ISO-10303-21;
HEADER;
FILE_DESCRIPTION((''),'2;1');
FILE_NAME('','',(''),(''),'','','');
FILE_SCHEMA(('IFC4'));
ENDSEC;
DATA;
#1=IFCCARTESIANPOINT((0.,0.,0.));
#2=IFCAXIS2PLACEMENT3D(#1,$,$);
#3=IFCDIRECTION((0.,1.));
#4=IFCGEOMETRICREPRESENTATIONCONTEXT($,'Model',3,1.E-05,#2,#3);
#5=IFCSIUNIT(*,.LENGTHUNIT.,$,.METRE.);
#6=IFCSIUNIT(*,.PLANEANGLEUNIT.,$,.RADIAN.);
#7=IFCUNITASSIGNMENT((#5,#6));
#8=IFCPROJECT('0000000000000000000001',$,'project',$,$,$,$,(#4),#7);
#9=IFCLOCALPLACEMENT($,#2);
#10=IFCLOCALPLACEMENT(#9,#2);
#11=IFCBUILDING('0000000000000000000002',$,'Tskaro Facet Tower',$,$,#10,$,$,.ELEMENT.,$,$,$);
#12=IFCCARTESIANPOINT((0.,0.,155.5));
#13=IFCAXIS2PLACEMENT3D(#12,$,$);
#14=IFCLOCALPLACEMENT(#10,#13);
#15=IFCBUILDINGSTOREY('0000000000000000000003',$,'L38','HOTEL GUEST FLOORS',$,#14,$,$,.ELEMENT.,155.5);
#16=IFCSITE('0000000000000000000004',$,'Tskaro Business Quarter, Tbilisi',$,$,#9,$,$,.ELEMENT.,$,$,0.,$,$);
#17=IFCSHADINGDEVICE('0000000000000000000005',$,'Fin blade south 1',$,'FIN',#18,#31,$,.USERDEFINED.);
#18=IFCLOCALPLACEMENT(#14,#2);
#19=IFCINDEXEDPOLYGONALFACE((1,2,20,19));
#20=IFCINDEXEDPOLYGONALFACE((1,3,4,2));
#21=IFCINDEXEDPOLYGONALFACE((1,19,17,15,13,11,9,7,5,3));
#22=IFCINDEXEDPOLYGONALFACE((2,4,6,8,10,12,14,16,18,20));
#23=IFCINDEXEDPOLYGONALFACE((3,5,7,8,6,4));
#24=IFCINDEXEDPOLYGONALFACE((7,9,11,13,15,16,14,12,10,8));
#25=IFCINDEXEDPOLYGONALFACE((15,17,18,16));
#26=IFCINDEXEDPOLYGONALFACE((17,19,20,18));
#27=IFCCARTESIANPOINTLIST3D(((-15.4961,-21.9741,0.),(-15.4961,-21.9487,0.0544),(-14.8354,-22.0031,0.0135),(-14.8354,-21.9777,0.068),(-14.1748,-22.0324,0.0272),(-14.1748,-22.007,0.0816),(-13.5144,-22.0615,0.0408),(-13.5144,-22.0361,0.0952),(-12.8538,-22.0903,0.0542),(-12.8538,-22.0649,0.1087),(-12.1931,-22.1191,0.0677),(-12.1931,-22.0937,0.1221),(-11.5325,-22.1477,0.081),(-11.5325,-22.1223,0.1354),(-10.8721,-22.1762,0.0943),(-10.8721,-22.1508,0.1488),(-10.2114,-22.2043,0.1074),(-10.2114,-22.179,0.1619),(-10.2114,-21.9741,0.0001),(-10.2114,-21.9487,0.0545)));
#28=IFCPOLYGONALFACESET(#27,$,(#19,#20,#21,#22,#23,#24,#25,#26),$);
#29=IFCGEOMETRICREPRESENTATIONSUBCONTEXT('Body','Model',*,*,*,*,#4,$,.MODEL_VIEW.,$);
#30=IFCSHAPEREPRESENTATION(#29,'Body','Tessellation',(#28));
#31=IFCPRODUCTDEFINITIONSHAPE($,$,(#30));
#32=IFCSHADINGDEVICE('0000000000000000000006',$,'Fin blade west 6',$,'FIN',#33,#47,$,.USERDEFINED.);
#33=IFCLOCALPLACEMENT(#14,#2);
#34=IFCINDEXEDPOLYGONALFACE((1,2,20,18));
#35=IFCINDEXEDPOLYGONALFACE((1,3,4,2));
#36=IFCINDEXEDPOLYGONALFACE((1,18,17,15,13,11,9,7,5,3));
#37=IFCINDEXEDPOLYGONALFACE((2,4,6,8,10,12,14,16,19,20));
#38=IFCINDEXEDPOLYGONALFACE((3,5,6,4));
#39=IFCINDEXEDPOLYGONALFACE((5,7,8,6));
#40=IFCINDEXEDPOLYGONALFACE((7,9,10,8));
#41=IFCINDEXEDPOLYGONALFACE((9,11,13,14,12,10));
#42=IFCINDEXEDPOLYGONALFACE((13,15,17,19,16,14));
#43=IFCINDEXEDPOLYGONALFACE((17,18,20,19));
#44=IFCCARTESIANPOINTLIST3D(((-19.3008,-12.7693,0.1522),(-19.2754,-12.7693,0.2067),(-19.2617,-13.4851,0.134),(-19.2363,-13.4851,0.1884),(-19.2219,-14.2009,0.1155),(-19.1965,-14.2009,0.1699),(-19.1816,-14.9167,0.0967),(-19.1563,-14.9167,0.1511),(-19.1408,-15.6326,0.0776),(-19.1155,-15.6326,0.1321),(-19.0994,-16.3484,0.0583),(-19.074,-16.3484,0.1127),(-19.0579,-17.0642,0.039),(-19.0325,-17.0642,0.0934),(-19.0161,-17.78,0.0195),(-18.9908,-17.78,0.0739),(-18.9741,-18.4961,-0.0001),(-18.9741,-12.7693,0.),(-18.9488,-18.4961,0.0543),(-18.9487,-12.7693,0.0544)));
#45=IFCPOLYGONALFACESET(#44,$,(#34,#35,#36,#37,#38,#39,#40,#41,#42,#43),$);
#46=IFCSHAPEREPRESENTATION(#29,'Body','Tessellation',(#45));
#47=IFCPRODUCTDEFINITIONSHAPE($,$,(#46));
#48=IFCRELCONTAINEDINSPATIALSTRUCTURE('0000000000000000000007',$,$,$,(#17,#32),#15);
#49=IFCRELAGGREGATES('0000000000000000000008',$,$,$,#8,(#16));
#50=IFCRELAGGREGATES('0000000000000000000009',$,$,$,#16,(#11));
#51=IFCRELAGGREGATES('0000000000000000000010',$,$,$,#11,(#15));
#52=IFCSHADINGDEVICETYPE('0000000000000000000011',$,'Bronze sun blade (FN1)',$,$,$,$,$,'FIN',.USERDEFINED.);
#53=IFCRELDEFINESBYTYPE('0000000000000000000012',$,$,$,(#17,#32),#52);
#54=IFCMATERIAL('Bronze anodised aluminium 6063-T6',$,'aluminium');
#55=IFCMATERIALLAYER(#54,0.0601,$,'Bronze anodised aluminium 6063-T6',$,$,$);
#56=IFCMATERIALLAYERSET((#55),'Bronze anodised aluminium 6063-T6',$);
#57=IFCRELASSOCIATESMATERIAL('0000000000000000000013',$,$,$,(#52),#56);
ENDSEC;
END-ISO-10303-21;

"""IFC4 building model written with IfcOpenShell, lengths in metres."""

from ifc_helpers import new_model, si_unit, direction, frame, origin, place, context, subcontext, project, spatial, polyline, outline, extrude, material, layer, layer_set, type_object, element, save


model = new_model("IFC4")

# Units and contexts
model_context = context("Model", 3, precision=1e-05, world=origin(), true_north=direction((0.0, 1.0)))
body_context = subcontext(model_context, "Body", "Model", "MODEL_VIEW")
ifc_project = project(units=[si_unit("LENGTHUNIT", "METRE"), si_unit("PLANEANGLEUNIT", "RADIAN")], contexts=[model_context])

# Site, building, storey
site_placement = place(None, origin())
site = spatial("IfcSite", under=ifc_project, at=site_placement, Name="Tskaro Business Quarter, Tbilisi", CompositionType="ELEMENT", RefElevation=0.0)
building_placement = place(site_placement, origin())
building = spatial("IfcBuilding", under=site, at=building_placement, Name="Tskaro Facet Tower", CompositionType="ELEMENT")
storey_placement = place(building_placement, frame((0.0, 0.0, 155.5)))
storey = spatial("IfcBuildingStorey", under=building, at=storey_placement, Name="L38", Description="HOTEL GUEST FLOORS", CompositionType="ELEMENT", Elevation=155.5)

# Shared definitions
ifc_material_1 = material(Name="Bronze anodised aluminium 6063-T6", Category="aluminium")

# Shading devices
ifc_layer_1 = layer(ifc_material_1, 0.0601, Name="Bronze anodised aluminium 6063-T6")
ifc_layer_set_1 = layer_set([ifc_layer_1], Name="Bronze anodised aluminium 6063-T6")
shading_device_type = type_object("IfcShadingDeviceType", Name="Bronze sun blade (FN1)", ElementType="FIN", PredefinedType="USERDEFINED", material=ifc_layer_set_1)
shading_device_1_placement = place(storey_placement, frame((-15.4961, -21.9487, 0.0544), z_axis=(-0.000015, 0.422552, 0.906339), x_axis=(1.0, 0.000006, 0.000014)))
element("IfcShadingDevice", 1, at=shading_device_1_placement, inside=storey, type_object=shading_device_type, Name="Fin blade south 1", ObjectType="FIN", PredefinedType="USERDEFINED", context=body_context, shape_type="SweptSolid", body=[
    extrude(outline(polyline([(0.0, 0.0), (5.2847, 0.0), (5.2847, -0.2541), (4.624, -0.223), (3.9636, -0.1916), (3.303, -0.16), (2.6423, -0.1282), (1.9817, -0.0964), (1.3213, -0.0643), (0.6606, -0.032), (0.0, 0.0)])), origin(), (0.0, 0.0, -1.0), 0.0601),
])
shading_device_2_placement = place(storey_placement, frame((-18.9487, -12.7693, 0.0544), z_axis=(0.422373, -0.00002, 0.906422), x_axis=(-0.000008, -1.0, -0.000018)))
element("IfcShadingDevice", 2, at=shading_device_2_placement, inside=storey, type_object=shading_device_type, Name="Fin blade west 6", ObjectType="FIN", PredefinedType="USERDEFINED", context=body_context, shape_type="SweptSolid", body=[
    extrude(outline(polyline([(0.0, 0.0), (5.7268, 0.0), (5.0107, -0.0463), (4.2949, -0.0924), (3.5791, -0.1382), (2.8633, -0.1839), (2.1475, -0.2289), (1.4316, -0.2734), (0.7158, -0.3173), (0.0, -0.3604), (0.0, 0.0)])), origin(), (0.0, 0.0, -1.0), 0.0601),
])

save(model, "model.ifc")
